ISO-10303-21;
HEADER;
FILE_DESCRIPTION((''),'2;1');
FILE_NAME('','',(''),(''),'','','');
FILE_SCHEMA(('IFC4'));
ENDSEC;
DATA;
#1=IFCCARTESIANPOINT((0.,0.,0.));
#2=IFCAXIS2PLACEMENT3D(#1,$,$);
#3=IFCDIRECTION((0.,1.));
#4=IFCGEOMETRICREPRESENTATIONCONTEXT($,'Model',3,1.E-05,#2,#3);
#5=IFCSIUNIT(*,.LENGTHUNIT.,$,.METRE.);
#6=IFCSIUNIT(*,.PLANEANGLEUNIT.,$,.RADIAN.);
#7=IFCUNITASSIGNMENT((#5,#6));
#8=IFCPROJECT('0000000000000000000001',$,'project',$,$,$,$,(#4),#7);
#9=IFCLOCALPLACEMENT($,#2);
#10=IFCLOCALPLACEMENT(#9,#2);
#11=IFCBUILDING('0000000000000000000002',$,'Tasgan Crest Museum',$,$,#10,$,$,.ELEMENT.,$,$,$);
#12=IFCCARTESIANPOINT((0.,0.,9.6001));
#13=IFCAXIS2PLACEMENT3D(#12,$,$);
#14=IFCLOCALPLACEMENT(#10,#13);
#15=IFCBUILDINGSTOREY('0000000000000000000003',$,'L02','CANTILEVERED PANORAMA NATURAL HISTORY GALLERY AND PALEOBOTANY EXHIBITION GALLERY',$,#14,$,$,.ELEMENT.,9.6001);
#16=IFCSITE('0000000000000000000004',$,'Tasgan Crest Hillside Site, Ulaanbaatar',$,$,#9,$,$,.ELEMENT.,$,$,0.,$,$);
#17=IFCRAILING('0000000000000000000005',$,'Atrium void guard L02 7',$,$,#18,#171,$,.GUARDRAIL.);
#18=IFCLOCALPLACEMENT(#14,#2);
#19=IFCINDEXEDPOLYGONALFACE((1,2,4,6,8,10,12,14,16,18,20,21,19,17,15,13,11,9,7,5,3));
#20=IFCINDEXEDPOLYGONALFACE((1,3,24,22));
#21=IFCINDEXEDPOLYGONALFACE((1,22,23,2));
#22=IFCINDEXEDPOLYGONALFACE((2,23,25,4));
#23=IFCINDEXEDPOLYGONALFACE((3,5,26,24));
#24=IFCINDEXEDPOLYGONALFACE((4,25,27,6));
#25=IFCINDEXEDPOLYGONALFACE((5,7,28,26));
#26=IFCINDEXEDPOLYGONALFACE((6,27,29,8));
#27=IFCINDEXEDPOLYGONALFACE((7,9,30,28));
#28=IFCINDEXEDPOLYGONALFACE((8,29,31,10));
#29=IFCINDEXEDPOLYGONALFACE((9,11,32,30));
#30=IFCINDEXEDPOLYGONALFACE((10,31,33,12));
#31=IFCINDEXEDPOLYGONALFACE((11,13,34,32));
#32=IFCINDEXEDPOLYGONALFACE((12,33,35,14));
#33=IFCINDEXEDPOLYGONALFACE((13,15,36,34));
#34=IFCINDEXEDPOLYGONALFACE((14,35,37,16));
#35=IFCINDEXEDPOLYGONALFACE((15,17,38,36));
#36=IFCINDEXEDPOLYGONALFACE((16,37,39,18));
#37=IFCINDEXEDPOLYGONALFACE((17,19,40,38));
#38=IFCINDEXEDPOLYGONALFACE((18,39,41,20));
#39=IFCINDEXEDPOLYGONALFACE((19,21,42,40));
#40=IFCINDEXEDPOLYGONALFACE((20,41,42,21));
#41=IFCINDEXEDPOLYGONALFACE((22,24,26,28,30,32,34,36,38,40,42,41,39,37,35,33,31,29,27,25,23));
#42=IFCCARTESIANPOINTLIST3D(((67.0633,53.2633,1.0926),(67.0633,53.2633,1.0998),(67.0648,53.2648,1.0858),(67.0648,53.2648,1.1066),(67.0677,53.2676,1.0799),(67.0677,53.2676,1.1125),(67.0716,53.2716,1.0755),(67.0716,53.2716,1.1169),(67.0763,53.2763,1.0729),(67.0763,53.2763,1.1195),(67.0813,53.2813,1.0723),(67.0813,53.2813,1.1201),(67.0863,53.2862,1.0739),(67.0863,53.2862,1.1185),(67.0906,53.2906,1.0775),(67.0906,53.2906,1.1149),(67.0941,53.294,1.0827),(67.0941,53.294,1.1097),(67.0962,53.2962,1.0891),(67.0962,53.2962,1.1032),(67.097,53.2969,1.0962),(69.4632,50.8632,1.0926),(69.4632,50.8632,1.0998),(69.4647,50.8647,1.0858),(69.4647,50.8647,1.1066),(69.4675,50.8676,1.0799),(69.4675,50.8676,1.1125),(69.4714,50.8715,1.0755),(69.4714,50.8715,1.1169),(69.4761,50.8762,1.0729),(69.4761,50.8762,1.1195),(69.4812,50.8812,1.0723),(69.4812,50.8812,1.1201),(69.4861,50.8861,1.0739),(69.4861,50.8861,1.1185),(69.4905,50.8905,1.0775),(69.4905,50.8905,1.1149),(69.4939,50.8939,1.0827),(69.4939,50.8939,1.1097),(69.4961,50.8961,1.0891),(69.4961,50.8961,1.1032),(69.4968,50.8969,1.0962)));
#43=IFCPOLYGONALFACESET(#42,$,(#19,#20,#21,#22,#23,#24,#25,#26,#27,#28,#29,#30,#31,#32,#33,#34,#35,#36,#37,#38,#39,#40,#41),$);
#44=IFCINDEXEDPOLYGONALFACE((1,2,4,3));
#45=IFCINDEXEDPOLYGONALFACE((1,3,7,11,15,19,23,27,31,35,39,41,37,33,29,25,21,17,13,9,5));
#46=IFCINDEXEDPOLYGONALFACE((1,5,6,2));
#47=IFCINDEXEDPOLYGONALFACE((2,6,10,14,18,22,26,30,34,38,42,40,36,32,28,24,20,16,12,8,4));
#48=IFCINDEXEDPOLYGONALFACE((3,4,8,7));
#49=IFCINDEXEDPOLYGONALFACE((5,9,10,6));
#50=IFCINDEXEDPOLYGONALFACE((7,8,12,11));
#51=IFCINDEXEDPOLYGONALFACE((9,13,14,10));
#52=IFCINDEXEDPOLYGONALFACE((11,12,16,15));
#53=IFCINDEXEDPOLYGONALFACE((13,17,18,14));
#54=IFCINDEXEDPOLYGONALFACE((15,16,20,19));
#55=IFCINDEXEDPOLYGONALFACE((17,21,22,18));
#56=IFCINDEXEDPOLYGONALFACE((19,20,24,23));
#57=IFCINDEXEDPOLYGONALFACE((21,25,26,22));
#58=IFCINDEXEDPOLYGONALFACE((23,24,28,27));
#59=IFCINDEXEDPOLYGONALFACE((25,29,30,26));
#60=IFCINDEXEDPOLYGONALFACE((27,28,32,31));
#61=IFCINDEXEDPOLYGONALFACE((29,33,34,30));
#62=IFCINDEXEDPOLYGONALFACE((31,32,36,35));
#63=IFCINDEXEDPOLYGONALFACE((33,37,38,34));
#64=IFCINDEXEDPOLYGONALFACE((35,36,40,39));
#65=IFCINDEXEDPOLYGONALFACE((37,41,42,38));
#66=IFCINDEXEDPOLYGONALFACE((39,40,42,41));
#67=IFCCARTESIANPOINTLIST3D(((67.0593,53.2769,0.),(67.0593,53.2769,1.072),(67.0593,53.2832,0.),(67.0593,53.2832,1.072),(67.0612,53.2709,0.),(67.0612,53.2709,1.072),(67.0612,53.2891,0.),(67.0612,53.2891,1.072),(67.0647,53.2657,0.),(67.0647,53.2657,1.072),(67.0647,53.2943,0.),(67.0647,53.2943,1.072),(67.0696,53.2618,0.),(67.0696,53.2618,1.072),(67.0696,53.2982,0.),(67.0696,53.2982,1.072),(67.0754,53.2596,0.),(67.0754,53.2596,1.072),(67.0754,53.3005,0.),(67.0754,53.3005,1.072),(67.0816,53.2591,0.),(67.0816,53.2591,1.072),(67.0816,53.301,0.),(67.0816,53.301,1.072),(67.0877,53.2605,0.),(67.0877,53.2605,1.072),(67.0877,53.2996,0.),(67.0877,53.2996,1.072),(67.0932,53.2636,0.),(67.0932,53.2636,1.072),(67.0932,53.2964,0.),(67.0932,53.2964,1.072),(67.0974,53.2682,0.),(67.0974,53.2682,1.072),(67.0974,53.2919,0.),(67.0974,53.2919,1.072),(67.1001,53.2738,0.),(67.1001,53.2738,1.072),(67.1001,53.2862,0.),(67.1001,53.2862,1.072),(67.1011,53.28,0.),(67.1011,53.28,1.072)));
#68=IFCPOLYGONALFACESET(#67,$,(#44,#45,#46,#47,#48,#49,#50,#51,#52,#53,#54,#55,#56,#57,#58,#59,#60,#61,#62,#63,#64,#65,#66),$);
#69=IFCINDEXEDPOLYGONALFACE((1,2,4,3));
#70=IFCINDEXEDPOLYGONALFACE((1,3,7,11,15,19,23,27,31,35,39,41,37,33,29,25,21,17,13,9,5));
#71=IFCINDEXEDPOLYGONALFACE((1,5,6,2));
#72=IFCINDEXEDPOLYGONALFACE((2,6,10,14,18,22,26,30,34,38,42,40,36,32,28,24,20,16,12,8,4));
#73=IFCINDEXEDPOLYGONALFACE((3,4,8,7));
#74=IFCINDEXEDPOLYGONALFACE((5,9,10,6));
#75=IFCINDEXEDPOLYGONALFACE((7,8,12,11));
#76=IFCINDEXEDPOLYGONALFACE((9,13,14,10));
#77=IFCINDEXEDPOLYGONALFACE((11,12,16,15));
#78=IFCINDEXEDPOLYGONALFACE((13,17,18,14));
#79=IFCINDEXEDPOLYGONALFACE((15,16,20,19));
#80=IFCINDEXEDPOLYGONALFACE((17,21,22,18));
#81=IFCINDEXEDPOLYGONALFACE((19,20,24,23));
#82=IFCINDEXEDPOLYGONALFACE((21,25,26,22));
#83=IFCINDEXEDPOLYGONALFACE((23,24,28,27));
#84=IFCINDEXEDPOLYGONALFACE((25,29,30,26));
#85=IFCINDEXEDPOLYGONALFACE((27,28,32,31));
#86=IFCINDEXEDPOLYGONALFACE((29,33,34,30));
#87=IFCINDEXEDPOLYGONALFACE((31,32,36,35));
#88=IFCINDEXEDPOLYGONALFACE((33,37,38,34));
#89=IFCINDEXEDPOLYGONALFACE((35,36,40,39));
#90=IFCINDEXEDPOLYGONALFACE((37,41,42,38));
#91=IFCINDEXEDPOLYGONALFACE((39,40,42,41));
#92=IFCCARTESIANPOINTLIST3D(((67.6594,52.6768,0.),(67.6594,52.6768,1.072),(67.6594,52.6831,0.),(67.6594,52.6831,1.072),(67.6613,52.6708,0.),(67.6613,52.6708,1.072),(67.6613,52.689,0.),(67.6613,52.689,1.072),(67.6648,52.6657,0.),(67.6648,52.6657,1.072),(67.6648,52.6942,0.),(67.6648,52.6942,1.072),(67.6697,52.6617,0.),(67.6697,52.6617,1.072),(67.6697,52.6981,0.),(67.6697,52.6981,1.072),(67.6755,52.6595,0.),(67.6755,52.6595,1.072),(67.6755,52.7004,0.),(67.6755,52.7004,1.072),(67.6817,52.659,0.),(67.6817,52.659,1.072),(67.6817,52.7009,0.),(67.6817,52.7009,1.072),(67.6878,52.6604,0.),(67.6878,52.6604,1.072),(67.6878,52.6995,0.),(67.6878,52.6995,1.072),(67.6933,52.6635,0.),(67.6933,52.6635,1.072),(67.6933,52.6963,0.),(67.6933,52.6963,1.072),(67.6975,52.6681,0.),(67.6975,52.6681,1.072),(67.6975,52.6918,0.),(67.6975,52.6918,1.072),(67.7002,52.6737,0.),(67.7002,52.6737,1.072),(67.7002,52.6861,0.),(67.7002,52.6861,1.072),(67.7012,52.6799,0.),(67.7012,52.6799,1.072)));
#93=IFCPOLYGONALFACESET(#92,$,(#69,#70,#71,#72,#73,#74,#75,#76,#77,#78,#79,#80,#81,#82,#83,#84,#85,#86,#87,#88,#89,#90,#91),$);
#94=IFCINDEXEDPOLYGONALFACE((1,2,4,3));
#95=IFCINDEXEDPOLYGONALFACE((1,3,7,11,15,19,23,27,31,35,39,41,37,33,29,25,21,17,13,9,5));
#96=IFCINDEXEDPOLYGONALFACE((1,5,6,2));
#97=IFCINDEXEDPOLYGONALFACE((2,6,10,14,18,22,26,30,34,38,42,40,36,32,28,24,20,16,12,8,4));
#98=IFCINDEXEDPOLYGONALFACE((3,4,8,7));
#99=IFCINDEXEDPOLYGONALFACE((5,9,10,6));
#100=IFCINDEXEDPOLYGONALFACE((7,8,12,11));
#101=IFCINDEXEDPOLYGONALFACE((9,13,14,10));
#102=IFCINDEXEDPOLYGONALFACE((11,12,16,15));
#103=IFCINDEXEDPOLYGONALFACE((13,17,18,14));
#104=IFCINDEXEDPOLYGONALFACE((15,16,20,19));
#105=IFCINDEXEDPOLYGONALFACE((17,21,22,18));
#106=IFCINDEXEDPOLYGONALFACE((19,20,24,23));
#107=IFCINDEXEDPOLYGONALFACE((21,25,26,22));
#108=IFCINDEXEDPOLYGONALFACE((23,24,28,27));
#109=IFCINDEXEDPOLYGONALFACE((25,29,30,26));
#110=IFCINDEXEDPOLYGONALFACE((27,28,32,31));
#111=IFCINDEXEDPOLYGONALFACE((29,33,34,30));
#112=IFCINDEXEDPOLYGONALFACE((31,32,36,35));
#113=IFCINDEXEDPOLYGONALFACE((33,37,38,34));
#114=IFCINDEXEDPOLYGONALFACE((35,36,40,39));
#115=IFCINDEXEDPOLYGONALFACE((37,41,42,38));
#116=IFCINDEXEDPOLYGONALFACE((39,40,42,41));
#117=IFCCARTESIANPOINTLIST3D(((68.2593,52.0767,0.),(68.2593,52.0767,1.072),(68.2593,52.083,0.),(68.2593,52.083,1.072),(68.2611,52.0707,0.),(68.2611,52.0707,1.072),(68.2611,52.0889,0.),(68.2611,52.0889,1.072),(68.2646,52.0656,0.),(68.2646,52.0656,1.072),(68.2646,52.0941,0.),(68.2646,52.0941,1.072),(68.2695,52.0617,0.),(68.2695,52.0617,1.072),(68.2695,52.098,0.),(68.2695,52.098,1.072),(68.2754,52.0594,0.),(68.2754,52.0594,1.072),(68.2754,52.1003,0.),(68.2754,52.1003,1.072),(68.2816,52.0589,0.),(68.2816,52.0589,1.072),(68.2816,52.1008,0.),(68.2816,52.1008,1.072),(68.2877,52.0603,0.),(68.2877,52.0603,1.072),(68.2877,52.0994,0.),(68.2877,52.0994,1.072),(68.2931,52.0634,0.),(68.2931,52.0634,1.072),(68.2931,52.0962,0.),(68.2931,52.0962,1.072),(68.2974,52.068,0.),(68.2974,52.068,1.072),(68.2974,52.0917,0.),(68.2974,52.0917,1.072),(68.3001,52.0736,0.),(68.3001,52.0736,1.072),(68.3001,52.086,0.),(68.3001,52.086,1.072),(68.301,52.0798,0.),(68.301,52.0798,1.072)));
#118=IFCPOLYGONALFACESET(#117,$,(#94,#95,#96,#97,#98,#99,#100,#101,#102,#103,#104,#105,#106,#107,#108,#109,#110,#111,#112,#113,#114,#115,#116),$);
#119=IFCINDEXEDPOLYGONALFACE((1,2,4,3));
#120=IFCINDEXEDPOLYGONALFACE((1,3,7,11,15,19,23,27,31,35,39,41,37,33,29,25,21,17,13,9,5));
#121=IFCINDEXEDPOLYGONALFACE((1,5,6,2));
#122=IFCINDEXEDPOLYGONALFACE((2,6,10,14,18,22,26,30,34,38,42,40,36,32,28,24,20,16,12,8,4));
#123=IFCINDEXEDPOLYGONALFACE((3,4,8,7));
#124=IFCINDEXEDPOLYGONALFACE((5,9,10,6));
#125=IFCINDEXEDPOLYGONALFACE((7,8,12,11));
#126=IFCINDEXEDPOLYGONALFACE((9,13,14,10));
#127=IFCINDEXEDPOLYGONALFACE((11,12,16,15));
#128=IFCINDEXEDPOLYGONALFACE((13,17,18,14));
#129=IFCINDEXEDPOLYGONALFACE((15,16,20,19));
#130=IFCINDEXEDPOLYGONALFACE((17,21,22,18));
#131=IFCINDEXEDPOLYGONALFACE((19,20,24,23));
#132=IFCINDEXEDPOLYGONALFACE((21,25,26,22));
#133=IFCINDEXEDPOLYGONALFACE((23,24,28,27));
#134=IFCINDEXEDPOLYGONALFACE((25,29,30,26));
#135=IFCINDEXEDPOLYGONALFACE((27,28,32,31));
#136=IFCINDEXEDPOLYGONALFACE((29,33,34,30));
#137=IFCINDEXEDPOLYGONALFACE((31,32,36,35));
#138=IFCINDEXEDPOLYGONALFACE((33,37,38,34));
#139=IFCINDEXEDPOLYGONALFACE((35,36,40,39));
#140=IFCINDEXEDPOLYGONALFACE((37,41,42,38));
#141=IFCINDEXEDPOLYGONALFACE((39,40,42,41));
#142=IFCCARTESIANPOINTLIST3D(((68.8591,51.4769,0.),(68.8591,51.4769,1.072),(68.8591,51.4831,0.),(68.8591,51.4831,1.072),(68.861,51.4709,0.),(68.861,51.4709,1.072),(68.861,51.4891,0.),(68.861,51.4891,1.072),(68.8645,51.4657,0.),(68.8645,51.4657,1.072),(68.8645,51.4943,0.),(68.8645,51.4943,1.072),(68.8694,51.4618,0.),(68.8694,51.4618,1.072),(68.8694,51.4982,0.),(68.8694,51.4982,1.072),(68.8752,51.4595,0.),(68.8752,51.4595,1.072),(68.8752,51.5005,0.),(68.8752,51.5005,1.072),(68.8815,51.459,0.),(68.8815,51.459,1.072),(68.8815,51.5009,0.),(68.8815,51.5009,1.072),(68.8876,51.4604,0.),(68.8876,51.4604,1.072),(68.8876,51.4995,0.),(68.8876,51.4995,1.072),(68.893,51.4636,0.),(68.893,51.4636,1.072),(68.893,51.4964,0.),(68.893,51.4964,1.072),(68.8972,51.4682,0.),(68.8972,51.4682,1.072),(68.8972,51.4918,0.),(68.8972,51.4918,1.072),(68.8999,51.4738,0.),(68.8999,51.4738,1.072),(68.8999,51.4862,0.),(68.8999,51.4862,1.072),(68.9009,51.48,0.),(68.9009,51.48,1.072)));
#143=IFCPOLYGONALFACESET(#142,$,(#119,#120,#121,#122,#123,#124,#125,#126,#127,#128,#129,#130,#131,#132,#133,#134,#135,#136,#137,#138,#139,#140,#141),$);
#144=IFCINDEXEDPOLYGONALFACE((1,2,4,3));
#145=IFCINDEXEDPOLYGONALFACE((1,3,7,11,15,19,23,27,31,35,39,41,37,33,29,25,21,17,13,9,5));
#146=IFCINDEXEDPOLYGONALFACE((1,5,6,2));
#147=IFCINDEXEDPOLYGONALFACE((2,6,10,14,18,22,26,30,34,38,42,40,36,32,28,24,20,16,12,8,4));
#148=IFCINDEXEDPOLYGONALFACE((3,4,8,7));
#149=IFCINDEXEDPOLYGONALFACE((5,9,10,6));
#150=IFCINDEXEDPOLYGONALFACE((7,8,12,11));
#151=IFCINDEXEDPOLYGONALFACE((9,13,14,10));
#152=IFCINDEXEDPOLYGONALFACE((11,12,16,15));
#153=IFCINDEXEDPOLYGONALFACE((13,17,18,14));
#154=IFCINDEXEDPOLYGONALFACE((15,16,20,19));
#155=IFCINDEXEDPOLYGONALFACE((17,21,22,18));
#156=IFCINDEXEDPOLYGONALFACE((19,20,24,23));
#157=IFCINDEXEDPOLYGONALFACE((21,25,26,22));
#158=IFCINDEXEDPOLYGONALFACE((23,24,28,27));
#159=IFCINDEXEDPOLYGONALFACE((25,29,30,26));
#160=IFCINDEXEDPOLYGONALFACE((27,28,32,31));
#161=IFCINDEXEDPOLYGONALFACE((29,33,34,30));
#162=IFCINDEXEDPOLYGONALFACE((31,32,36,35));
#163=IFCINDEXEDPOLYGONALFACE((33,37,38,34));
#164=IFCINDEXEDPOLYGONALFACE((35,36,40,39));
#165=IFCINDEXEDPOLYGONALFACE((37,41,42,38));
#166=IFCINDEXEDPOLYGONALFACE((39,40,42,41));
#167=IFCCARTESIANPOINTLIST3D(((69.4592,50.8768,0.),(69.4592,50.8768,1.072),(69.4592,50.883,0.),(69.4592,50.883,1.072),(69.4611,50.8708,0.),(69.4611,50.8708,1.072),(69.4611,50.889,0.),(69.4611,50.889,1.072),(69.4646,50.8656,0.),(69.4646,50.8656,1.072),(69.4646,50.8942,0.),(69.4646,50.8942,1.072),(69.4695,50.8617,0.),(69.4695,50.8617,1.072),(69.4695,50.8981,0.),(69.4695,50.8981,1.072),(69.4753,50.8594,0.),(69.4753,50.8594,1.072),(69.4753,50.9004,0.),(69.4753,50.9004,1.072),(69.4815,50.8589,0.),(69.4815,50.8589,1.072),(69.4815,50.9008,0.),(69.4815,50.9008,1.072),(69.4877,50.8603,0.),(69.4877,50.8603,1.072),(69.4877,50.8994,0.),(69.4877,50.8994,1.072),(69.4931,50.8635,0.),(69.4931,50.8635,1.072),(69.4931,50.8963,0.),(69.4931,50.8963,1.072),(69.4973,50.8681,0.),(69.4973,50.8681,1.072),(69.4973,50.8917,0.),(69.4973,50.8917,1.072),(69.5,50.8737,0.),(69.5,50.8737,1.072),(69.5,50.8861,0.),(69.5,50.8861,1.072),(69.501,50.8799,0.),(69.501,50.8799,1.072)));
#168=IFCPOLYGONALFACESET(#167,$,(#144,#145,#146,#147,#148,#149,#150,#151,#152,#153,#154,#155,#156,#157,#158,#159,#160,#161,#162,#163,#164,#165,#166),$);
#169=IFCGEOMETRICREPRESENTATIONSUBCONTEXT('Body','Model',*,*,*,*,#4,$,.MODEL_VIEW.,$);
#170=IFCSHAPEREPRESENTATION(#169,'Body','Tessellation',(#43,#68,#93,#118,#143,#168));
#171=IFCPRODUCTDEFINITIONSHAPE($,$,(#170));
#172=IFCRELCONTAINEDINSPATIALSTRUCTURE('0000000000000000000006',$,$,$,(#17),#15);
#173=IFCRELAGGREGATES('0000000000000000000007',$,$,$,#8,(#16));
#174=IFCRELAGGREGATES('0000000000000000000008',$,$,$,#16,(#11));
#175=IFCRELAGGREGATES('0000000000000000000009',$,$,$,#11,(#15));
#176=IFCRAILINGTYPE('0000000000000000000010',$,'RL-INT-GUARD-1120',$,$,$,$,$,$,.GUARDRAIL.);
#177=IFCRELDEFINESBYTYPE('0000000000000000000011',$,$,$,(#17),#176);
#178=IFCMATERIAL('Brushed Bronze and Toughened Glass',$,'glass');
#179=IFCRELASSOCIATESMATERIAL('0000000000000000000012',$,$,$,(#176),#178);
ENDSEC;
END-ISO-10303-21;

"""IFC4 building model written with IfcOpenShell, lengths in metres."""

from ifc_helpers import new_model, si_unit, direction, frame, origin, origin_2d, place, context, subcontext, project, spatial, circle, extrude, material, type_object, element, save


model = new_model("IFC4")

# Units and contexts
model_context = context("Model", 3, precision=1e-05, world=origin(), true_north=direction((0.0, 1.0)))
body_context = subcontext(model_context, "Body", "Model", "MODEL_VIEW")
ifc_project = project(units=[si_unit("LENGTHUNIT", "METRE"), si_unit("PLANEANGLEUNIT", "RADIAN")], contexts=[model_context])

# Site, building, storey
site_placement = place(None, origin())
site = spatial("IfcSite", under=ifc_project, at=site_placement, Name="Tasgan Crest Hillside Site, Ulaanbaatar", CompositionType="ELEMENT", RefElevation=0.0)
building_placement = place(site_placement, origin())
building = spatial("IfcBuilding", under=site, at=building_placement, Name="Tasgan Crest Museum", CompositionType="ELEMENT")
storey_placement = place(building_placement, frame((0.0, 0.0, 9.6001)))
storey = spatial("IfcBuildingStorey", under=building, at=storey_placement, Name="L02", Description="CANTILEVERED PANORAMA NATURAL HISTORY GALLERY AND PALEOBOTANY EXHIBITION GALLERY", CompositionType="ELEMENT", Elevation=9.6001)

# Railing
ifc_material_1 = material(Name="Brushed Bronze and Toughened Glass", Category="glass")
railing_type = type_object("IfcRailingType", Name="RL-INT-GUARD-1120", PredefinedType="GUARDRAIL", material=ifc_material_1)
railing_1_placement = place(storey_placement, frame((67.0801, 53.28, 0.0)))
element("IfcRailing", 1, at=railing_1_placement, inside=storey, type_object=railing_type, Name="Atrium void guard L02 7", PredefinedType="GUARDRAIL", context=body_context, shape_type="SweptSolid", body=[
    extrude(circle(Radius=0.0239, at=origin_2d()), frame((0.0, 0.0, 1.0962), z_axis=(0.707071, -0.707143, 0.0), x_axis=(0.707143, 0.707071, 0.0)), (0.0, 0.0, 1.0), 3.394),
    extrude(circle(Radius=0.021, at=origin_2d()), origin(), (0.0, 0.0, 1.0), 1.072),
    extrude(circle(Radius=0.021, at=origin_2d()), frame((0.6001, -0.6001, 0.0)), (0.0, 0.0, 1.0), 1.072),
    extrude(circle(Radius=0.021, at=origin_2d()), frame((1.2, -1.2002, 0.0)), (0.0, 0.0, 1.0), 1.072),
    extrude(circle(Radius=0.021, at=origin_2d()), frame((1.7998, -1.8, 0.0)), (0.0, 0.0, 1.0), 1.072),
    extrude(circle(Radius=0.021, at=origin_2d()), frame((2.3999, -2.4001, 0.0)), (0.0, 0.0, 1.0), 1.072),
])

save(model, "model.ifc")
